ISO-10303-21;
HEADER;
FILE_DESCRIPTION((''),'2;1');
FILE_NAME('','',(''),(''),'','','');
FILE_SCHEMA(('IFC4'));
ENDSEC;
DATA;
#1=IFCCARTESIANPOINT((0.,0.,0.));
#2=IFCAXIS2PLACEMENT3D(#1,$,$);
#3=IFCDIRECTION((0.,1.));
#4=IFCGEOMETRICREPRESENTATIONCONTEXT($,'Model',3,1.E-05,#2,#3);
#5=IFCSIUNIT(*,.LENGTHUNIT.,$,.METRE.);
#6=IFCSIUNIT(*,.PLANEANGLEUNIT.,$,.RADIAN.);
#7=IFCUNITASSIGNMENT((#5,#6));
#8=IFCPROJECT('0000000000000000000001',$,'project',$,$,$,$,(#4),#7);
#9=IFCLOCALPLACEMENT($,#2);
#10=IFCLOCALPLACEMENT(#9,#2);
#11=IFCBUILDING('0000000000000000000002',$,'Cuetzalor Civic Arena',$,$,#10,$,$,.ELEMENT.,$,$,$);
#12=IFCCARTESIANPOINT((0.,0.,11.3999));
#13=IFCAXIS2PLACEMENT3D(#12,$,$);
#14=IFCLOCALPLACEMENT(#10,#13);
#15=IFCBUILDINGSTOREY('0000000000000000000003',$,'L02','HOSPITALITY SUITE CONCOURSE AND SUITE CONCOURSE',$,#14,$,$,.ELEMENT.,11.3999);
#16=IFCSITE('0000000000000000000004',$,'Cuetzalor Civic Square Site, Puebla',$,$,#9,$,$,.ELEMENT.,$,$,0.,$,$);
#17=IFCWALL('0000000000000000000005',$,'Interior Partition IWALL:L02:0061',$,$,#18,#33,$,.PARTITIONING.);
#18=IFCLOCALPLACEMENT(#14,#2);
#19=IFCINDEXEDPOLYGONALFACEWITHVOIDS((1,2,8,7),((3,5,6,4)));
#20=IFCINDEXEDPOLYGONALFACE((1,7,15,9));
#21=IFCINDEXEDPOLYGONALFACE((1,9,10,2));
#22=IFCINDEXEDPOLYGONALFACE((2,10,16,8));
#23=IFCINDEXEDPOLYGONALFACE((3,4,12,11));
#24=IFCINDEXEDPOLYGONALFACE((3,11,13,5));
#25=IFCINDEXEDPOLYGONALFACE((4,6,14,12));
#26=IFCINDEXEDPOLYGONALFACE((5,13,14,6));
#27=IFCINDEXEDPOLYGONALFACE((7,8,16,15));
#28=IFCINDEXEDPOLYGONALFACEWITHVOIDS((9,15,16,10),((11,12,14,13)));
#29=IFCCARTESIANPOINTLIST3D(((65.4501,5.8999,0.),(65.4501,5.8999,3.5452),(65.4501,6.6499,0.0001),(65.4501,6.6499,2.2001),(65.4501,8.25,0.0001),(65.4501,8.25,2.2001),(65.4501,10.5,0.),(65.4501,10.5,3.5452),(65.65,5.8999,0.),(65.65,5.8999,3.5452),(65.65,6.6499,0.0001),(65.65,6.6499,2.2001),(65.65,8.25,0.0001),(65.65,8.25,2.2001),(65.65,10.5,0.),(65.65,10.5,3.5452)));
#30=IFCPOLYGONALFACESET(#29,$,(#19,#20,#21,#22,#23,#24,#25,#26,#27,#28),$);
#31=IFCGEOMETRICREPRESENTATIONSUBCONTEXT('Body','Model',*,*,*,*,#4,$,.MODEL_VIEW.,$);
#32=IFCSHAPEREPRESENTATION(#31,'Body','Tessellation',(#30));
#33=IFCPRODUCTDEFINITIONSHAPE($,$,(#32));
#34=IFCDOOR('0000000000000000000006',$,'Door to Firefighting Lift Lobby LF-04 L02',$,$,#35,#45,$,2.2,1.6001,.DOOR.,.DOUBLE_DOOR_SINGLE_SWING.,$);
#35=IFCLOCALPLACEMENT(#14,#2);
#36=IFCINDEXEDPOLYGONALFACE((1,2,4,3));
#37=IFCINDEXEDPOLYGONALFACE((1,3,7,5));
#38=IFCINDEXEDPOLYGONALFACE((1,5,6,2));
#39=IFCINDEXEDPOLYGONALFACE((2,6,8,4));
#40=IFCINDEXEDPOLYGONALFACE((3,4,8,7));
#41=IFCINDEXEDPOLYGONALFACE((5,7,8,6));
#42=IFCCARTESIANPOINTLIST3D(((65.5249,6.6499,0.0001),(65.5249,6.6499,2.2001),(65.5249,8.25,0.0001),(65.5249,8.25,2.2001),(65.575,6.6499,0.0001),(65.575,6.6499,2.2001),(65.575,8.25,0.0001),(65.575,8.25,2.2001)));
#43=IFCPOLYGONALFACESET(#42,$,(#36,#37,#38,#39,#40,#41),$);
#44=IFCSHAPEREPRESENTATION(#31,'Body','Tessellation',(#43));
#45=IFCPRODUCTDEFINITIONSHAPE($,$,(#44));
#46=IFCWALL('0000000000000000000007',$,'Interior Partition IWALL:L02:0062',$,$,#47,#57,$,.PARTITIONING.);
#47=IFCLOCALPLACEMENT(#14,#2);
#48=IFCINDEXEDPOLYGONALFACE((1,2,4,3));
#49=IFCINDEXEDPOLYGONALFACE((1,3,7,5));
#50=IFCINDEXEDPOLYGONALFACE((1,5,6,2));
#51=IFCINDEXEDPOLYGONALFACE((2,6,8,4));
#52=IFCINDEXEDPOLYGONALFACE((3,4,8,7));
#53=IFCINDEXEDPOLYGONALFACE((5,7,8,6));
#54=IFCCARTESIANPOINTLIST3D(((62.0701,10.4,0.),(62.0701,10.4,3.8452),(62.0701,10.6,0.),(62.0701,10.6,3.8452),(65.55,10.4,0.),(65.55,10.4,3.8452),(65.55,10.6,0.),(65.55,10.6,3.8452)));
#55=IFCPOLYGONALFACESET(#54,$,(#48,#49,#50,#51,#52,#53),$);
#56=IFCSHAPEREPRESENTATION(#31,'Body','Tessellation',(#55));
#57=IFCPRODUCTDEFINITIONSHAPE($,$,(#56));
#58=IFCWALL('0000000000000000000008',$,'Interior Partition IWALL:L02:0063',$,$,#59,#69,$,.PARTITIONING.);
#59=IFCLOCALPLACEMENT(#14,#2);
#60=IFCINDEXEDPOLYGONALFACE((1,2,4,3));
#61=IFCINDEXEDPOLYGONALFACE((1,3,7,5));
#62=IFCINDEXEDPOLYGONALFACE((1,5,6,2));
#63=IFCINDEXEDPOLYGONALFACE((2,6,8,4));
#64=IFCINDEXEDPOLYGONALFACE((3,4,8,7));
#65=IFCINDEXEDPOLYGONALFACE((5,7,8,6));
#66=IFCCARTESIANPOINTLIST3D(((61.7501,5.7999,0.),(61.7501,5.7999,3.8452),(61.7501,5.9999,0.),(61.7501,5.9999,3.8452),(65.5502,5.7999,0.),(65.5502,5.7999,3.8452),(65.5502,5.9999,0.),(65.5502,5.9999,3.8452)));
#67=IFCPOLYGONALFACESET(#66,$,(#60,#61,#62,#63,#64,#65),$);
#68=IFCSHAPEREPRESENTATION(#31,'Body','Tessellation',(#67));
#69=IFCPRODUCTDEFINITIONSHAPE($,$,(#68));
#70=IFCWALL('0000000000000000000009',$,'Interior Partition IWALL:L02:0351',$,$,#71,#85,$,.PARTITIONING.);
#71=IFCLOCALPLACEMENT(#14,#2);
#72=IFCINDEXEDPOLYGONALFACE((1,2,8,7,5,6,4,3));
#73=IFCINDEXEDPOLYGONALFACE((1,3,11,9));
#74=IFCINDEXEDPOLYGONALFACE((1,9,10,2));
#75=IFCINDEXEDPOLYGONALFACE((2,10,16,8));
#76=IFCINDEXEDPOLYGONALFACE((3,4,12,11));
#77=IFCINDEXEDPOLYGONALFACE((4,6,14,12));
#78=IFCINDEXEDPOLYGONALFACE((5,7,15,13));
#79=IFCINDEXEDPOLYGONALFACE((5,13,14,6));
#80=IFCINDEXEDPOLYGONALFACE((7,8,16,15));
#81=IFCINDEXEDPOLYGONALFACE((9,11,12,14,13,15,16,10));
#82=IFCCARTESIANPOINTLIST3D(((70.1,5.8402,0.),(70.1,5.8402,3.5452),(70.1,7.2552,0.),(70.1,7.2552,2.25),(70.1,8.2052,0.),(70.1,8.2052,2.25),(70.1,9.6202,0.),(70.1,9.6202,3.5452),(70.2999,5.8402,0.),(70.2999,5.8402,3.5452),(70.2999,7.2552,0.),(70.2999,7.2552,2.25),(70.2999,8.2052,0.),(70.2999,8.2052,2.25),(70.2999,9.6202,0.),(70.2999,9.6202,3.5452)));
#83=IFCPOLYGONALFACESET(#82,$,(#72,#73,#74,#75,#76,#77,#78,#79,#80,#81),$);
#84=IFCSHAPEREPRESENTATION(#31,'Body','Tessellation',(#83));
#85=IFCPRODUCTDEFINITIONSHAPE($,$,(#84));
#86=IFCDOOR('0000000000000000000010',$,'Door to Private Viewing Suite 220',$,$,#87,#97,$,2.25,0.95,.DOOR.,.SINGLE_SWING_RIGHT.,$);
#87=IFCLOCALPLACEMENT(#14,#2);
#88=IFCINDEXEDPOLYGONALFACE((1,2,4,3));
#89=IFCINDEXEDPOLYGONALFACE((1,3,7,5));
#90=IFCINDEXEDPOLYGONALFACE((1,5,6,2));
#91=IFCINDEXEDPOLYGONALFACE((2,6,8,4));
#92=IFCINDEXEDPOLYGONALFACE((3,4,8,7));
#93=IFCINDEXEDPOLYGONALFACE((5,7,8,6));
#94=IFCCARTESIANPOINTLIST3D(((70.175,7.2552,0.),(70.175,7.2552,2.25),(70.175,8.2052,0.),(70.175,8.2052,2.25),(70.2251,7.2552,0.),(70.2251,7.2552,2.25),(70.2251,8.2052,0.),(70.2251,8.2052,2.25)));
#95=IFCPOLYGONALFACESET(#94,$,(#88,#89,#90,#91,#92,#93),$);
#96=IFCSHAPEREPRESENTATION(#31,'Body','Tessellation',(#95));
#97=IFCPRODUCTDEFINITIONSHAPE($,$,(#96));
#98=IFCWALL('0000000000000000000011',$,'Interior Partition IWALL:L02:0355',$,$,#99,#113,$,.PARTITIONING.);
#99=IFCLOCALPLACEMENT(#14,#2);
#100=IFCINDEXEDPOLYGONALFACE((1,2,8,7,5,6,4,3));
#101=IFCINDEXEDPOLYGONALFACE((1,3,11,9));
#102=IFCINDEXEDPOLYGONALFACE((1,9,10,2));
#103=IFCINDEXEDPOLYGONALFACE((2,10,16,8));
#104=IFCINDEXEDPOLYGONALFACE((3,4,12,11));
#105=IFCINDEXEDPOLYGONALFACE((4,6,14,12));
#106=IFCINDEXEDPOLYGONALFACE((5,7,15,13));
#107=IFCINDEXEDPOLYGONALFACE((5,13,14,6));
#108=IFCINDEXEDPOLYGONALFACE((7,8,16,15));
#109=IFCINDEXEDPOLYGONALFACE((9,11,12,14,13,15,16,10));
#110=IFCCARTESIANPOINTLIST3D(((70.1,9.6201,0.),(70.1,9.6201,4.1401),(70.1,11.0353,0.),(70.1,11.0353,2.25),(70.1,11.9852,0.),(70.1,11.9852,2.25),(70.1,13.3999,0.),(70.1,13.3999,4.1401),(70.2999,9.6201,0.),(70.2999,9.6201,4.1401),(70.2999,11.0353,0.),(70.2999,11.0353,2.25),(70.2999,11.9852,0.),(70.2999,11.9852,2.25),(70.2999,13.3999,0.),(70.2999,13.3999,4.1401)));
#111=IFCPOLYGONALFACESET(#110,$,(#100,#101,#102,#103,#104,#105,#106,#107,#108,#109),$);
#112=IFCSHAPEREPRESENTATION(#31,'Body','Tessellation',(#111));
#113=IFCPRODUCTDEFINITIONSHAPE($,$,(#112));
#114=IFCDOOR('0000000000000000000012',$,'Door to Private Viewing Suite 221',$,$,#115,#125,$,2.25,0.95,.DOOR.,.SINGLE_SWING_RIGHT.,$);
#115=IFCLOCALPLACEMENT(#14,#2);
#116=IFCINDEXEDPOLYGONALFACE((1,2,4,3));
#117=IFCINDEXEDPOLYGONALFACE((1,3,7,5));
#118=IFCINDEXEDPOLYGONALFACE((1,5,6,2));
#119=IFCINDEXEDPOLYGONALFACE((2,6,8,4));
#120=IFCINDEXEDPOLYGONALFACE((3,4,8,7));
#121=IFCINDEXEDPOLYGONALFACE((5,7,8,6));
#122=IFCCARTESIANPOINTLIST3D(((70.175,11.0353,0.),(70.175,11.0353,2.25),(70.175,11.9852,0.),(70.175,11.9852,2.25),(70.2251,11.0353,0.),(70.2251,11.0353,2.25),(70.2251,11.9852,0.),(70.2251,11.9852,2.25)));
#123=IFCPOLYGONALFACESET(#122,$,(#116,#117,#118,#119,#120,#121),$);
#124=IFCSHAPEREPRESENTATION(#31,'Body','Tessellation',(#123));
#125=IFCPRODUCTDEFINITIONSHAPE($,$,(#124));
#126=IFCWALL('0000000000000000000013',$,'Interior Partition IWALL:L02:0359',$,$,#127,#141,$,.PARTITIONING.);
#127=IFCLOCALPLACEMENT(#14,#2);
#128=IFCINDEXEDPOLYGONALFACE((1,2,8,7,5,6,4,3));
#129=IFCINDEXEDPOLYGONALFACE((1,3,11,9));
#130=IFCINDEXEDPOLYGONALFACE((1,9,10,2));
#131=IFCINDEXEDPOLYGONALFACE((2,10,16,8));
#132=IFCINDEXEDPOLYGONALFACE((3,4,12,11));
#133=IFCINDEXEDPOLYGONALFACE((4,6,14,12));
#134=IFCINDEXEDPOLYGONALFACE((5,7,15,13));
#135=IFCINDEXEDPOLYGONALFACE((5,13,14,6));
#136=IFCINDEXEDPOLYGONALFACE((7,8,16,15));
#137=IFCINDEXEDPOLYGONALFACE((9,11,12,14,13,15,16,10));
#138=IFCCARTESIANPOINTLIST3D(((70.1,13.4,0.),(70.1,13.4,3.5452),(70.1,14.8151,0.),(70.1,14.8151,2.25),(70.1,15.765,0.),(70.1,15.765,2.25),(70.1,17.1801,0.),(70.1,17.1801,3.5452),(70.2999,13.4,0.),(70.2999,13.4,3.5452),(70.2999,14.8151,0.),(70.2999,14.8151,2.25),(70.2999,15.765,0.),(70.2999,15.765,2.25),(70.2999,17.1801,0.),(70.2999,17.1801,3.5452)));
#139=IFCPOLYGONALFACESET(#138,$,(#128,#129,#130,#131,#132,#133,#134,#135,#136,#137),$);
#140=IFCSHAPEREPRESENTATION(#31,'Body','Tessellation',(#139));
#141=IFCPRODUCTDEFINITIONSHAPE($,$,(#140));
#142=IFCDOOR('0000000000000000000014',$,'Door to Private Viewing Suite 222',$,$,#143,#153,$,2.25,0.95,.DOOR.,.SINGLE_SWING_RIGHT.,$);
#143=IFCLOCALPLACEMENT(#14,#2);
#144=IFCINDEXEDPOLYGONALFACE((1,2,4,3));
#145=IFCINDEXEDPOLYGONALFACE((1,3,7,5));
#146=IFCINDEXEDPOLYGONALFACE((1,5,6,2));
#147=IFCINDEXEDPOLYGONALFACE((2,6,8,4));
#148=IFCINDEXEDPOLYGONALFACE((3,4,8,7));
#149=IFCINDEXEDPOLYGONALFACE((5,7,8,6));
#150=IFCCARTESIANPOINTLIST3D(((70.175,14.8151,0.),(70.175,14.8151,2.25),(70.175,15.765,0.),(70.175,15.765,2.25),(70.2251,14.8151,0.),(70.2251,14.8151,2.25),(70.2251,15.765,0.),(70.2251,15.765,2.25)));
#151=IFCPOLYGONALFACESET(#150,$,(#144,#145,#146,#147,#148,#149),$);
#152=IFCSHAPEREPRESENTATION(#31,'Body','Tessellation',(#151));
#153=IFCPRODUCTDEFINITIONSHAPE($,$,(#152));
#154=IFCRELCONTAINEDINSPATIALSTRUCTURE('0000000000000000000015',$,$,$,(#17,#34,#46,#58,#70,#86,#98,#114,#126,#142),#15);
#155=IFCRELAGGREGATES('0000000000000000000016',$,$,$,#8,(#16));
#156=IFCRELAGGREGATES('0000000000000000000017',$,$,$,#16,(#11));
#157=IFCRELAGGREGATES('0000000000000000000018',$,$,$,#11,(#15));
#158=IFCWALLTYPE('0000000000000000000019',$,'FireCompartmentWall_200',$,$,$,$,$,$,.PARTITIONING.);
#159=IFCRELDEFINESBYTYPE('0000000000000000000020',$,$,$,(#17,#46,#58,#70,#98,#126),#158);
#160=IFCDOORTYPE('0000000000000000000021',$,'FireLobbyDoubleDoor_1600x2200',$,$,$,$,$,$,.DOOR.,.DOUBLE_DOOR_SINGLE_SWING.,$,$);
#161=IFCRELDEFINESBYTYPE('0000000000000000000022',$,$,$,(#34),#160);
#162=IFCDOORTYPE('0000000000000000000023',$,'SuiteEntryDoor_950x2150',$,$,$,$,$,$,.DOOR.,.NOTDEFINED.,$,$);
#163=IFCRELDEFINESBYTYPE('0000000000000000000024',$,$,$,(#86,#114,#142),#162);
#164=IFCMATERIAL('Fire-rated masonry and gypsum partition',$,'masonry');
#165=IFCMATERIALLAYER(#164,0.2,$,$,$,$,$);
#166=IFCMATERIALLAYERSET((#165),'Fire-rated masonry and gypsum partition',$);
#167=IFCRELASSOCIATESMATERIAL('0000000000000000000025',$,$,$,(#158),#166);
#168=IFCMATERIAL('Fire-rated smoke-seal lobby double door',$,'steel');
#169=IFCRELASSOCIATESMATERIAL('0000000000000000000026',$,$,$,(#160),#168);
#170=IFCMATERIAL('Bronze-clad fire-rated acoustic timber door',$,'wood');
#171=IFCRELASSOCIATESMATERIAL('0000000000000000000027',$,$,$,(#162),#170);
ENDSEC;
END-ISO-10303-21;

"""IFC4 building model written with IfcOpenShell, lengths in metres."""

from ifc_helpers import new_model, si_unit, direction, frame, frame_2d, origin, place, context, subcontext, project, spatial, rectangle, extrude, material, layer, layer_set, type_object, element, fill, save


model = new_model("IFC4")

# Units and contexts
model_context = context("Model", 3, precision=1e-05, world=origin(), true_north=direction((0.0, 1.0)))
body_context = subcontext(model_context, "Body", "Model", "MODEL_VIEW")
ifc_project = project(units=[si_unit("LENGTHUNIT", "METRE"), si_unit("PLANEANGLEUNIT", "RADIAN")], contexts=[model_context])

# Site, building, storey
site_placement = place(None, origin())
site = spatial("IfcSite", under=ifc_project, at=site_placement, Name="Cuetzalor Civic Square Site, Puebla", CompositionType="ELEMENT", RefElevation=0.0)
building_placement = place(site_placement, origin())
building = spatial("IfcBuilding", under=site, at=building_placement, Name="Cuetzalor Civic Arena", CompositionType="ELEMENT")
storey_placement = place(building_placement, frame((0.0, 0.0, 11.3999)))
storey = spatial("IfcBuildingStorey", under=building, at=storey_placement, Name="L02", Description="HOSPITALITY SUITE CONCOURSE AND SUITE CONCOURSE", CompositionType="ELEMENT", Elevation=11.3999)

# Wall, opening, door
ifc_material_1 = material(Name="Fire-rated masonry and gypsum partition", Category="masonry")
ifc_layer_1 = layer(ifc_material_1, 0.2)
ifc_layer_set_1 = layer_set([ifc_layer_1], Name="Fire-rated masonry and gypsum partition")
wall_type_1 = type_object("IfcWallType", Name="FireCompartmentWall_200", PredefinedType="PARTITIONING", material=ifc_layer_set_1)
wall_1_placement = place(storey_placement, frame((65.55, 10.5, 0.0), z_axis=(0.0, 0.0, 1.0), x_axis=(0.0, -1.0, 0.0)))
wall_1 = element("IfcWall", 1, at=wall_1_placement, inside=storey, type_object=wall_type_1, Name="Interior Partition IWALL:L02:0061", PredefinedType="PARTITIONING", context=body_context, shape_type="SweptSolid", body=[
    extrude(rectangle(XDim=4.6001, YDim=0.2, at=frame_2d((2.3, 0.0))), origin(), (0.0, 0.0, 1.0), 3.5452),
])
opening_1_placement = place(wall_1_placement, frame((2.25, 0.0, 0.0)))
opening_1 = element("IfcOpeningElement", 2, at=opening_1_placement, cuts=wall_1, PredefinedType="OPENING", context=body_context, shape_type="SweptSolid", body=[
    extrude(rectangle(XDim=1.6001, YDim=2.2, at=frame_2d((0.8, 1.1001))), frame((0.0, 0.1099, 0.0), z_axis=(0.0, -1.0, 0.0), x_axis=(1.0, 0.0, 0.0)), (0.0, 0.0, 1.0), 0.22),
])
ifc_material_2 = material(Name="Fire-rated smoke-seal lobby double door", Category="steel")
door_type_1 = type_object("IfcDoorType", Name="FireLobbyDoubleDoor_1600x2200", OperationType="DOUBLE_DOOR_SINGLE_SWING", PredefinedType="DOOR", material=ifc_material_2)
door_1_placement = place(opening_1_placement, origin())
door_1 = element("IfcDoor", 3, at=door_1_placement, inside=storey, type_object=door_type_1, Name="Door to Firefighting Lift Lobby LF-04 L02", OperationType="DOUBLE_DOOR_SINGLE_SWING", OverallHeight=2.2, OverallWidth=1.6001, PredefinedType="DOOR", context=body_context, shape_type="SweptSolid", body=[
    extrude(rectangle(XDim=1.6001, YDim=2.2, at=frame_2d((0.8, 1.1001))), frame((0.0, 0.0249, 0.0), z_axis=(0.0, -1.0, 0.0), x_axis=(1.0, 0.0, 0.0)), (0.0, 0.0, 1.0), 0.05),
])
fill(opening_1, door_1)

# Walls
wall_2_placement = place(storey_placement, frame((62.0701, 10.5, 0.0), z_axis=(0.0, 0.0, 1.0), x_axis=(1.0, 0.0, 0.0)))
element("IfcWall", 4, at=wall_2_placement, inside=storey, type_object=wall_type_1, Name="Interior Partition IWALL:L02:0062", PredefinedType="PARTITIONING", context=body_context, shape_type="SweptSolid", body=[
    extrude(rectangle(XDim=3.48, YDim=0.2, at=frame_2d((1.74, 0.0))), origin(), (0.0, 0.0, 1.0), 3.8452),
])
wall_3_placement = place(storey_placement, frame((65.55, 5.8999, 0.0), z_axis=(0.0, 0.0, 1.0), x_axis=(-1.0, 0.0, 0.0)))
element("IfcWall", 5, at=wall_3_placement, inside=storey, type_object=wall_type_1, Name="Interior Partition IWALL:L02:0063", PredefinedType="PARTITIONING", context=body_context, shape_type="SweptSolid", body=[
    extrude(rectangle(XDim=3.8, YDim=0.2, at=frame_2d((1.8999, 0.0))), origin(), (0.0, 0.0, 1.0), 3.8452),
])

# Walls, openings, doors
wall_4_placement = place(storey_placement, frame((70.2, 5.8401, 0.0), z_axis=(0.0, 0.0, 1.0), x_axis=(0.0, 1.0, 0.0)))
wall_4 = element("IfcWall", 6, at=wall_4_placement, inside=storey, type_object=wall_type_1, Name="Interior Partition IWALL:L02:0351", PredefinedType="PARTITIONING", context=body_context, shape_type="SweptSolid", body=[
    extrude(rectangle(XDim=3.78, YDim=0.2, at=frame_2d((1.8901, 0.0))), origin(), (0.0, 0.0, 1.0), 3.5452),
])
opening_2_placement = place(wall_4_placement, frame((1.415, 0.0, 0.0)))
opening_2 = element("IfcOpeningElement", 7, at=opening_2_placement, cuts=wall_4, PredefinedType="OPENING", context=body_context, shape_type="SweptSolid", body=[
    extrude(rectangle(XDim=0.95, YDim=2.25, at=frame_2d((0.4751, 1.125))), frame((0.0, 0.1099, 0.0), z_axis=(0.0, -1.0, 0.0), x_axis=(1.0, 0.0, 0.0)), (0.0, 0.0, 1.0), 0.22),
])
ifc_material_3 = material(Name="Bronze-clad fire-rated acoustic timber door", Category="wood")
door_type_2 = type_object("IfcDoorType", Name="SuiteEntryDoor_950x2150", OperationType="NOTDEFINED", PredefinedType="DOOR", material=ifc_material_3)
door_2_placement = place(opening_2_placement, origin())
door_2 = element("IfcDoor", 8, at=door_2_placement, inside=storey, type_object=door_type_2, Name="Door to Private Viewing Suite 220", OperationType="SINGLE_SWING_RIGHT", OverallHeight=2.25, OverallWidth=0.95, PredefinedType="DOOR", context=body_context, shape_type="SweptSolid", body=[
    extrude(rectangle(XDim=0.95, YDim=2.25, at=frame_2d((0.4751, 1.125))), frame((0.0, 0.0249, 0.0), z_axis=(0.0, -1.0, 0.0), x_axis=(1.0, 0.0, 0.0)), (0.0, 0.0, 1.0), 0.05),
])
fill(opening_2, door_2)
wall_5_placement = place(storey_placement, frame((70.2, 9.6201, 0.0), z_axis=(0.0, 0.0, 1.0), x_axis=(0.0, 1.0, 0.0)))
wall_5 = element("IfcWall", 9, at=wall_5_placement, inside=storey, type_object=wall_type_1, Name="Interior Partition IWALL:L02:0355", PredefinedType="PARTITIONING", context=body_context, shape_type="SweptSolid", body=[
    extrude(rectangle(XDim=3.7798, YDim=0.2, at=frame_2d((1.8899, 0.0))), origin(), (0.0, 0.0, 1.0), 4.1401),
])
opening_3_placement = place(wall_5_placement, frame((1.415, 0.0, 0.0)))
opening_3 = element("IfcOpeningElement", 10, at=opening_3_placement, cuts=wall_5, PredefinedType="OPENING", context=body_context, shape_type="SweptSolid", body=[
    extrude(rectangle(XDim=0.95, YDim=2.25, at=frame_2d((0.4751, 1.125))), frame((0.0, 0.1099, 0.0), z_axis=(0.0, -1.0, 0.0), x_axis=(1.0, 0.0, 0.0)), (0.0, 0.0, 1.0), 0.22),
])
door_3_placement = place(opening_3_placement, origin())
door_3 = element("IfcDoor", 11, at=door_3_placement, inside=storey, type_object=door_type_2, Name="Door to Private Viewing Suite 221", OperationType="SINGLE_SWING_RIGHT", OverallHeight=2.25, OverallWidth=0.95, PredefinedType="DOOR", context=body_context, shape_type="SweptSolid", body=[
    extrude(rectangle(XDim=0.95, YDim=2.25, at=frame_2d((0.4751, 1.125))), frame((0.0, 0.0249, 0.0), z_axis=(0.0, -1.0, 0.0), x_axis=(1.0, 0.0, 0.0)), (0.0, 0.0, 1.0), 0.05),
])
fill(opening_3, door_3)
wall_6_placement = place(storey_placement, frame((70.2, 13.3999, 0.0), z_axis=(0.0, 0.0, 1.0), x_axis=(0.0, 1.0, 0.0)))
wall_6 = element("IfcWall", 12, at=wall_6_placement, inside=storey, type_object=wall_type_1, Name="Interior Partition IWALL:L02:0359", PredefinedType="PARTITIONING", context=body_context, shape_type="SweptSolid", body=[
    extrude(rectangle(XDim=3.78, YDim=0.2, at=frame_2d((1.8901, 0.0))), origin(), (0.0, 0.0, 1.0), 3.5452),
])
opening_4_placement = place(wall_6_placement, frame((1.415, 0.0, 0.0)))
opening_4 = element("IfcOpeningElement", 13, at=opening_4_placement, cuts=wall_6, PredefinedType="OPENING", context=body_context, shape_type="SweptSolid", body=[
    extrude(rectangle(XDim=0.95, YDim=2.25, at=frame_2d((0.4751, 1.125))), frame((0.0, 0.1099, 0.0), z_axis=(0.0, -1.0, 0.0), x_axis=(1.0, 0.0, 0.0)), (0.0, 0.0, 1.0), 0.22),
])
door_4_placement = place(opening_4_placement, origin())
door_4 = element("IfcDoor", 14, at=door_4_placement, inside=storey, type_object=door_type_2, Name="Door to Private Viewing Suite 222", OperationType="SINGLE_SWING_RIGHT", OverallHeight=2.25, OverallWidth=0.95, PredefinedType="DOOR", context=body_context, shape_type="SweptSolid", body=[
    extrude(rectangle(XDim=0.95, YDim=2.25, at=frame_2d((0.4751, 1.125))), frame((0.0, 0.0249, 0.0), z_axis=(0.0, -1.0, 0.0), x_axis=(1.0, 0.0, 0.0)), (0.0, 0.0, 1.0), 0.05),
])
fill(opening_4, door_4)

save(model, "model.ifc")
